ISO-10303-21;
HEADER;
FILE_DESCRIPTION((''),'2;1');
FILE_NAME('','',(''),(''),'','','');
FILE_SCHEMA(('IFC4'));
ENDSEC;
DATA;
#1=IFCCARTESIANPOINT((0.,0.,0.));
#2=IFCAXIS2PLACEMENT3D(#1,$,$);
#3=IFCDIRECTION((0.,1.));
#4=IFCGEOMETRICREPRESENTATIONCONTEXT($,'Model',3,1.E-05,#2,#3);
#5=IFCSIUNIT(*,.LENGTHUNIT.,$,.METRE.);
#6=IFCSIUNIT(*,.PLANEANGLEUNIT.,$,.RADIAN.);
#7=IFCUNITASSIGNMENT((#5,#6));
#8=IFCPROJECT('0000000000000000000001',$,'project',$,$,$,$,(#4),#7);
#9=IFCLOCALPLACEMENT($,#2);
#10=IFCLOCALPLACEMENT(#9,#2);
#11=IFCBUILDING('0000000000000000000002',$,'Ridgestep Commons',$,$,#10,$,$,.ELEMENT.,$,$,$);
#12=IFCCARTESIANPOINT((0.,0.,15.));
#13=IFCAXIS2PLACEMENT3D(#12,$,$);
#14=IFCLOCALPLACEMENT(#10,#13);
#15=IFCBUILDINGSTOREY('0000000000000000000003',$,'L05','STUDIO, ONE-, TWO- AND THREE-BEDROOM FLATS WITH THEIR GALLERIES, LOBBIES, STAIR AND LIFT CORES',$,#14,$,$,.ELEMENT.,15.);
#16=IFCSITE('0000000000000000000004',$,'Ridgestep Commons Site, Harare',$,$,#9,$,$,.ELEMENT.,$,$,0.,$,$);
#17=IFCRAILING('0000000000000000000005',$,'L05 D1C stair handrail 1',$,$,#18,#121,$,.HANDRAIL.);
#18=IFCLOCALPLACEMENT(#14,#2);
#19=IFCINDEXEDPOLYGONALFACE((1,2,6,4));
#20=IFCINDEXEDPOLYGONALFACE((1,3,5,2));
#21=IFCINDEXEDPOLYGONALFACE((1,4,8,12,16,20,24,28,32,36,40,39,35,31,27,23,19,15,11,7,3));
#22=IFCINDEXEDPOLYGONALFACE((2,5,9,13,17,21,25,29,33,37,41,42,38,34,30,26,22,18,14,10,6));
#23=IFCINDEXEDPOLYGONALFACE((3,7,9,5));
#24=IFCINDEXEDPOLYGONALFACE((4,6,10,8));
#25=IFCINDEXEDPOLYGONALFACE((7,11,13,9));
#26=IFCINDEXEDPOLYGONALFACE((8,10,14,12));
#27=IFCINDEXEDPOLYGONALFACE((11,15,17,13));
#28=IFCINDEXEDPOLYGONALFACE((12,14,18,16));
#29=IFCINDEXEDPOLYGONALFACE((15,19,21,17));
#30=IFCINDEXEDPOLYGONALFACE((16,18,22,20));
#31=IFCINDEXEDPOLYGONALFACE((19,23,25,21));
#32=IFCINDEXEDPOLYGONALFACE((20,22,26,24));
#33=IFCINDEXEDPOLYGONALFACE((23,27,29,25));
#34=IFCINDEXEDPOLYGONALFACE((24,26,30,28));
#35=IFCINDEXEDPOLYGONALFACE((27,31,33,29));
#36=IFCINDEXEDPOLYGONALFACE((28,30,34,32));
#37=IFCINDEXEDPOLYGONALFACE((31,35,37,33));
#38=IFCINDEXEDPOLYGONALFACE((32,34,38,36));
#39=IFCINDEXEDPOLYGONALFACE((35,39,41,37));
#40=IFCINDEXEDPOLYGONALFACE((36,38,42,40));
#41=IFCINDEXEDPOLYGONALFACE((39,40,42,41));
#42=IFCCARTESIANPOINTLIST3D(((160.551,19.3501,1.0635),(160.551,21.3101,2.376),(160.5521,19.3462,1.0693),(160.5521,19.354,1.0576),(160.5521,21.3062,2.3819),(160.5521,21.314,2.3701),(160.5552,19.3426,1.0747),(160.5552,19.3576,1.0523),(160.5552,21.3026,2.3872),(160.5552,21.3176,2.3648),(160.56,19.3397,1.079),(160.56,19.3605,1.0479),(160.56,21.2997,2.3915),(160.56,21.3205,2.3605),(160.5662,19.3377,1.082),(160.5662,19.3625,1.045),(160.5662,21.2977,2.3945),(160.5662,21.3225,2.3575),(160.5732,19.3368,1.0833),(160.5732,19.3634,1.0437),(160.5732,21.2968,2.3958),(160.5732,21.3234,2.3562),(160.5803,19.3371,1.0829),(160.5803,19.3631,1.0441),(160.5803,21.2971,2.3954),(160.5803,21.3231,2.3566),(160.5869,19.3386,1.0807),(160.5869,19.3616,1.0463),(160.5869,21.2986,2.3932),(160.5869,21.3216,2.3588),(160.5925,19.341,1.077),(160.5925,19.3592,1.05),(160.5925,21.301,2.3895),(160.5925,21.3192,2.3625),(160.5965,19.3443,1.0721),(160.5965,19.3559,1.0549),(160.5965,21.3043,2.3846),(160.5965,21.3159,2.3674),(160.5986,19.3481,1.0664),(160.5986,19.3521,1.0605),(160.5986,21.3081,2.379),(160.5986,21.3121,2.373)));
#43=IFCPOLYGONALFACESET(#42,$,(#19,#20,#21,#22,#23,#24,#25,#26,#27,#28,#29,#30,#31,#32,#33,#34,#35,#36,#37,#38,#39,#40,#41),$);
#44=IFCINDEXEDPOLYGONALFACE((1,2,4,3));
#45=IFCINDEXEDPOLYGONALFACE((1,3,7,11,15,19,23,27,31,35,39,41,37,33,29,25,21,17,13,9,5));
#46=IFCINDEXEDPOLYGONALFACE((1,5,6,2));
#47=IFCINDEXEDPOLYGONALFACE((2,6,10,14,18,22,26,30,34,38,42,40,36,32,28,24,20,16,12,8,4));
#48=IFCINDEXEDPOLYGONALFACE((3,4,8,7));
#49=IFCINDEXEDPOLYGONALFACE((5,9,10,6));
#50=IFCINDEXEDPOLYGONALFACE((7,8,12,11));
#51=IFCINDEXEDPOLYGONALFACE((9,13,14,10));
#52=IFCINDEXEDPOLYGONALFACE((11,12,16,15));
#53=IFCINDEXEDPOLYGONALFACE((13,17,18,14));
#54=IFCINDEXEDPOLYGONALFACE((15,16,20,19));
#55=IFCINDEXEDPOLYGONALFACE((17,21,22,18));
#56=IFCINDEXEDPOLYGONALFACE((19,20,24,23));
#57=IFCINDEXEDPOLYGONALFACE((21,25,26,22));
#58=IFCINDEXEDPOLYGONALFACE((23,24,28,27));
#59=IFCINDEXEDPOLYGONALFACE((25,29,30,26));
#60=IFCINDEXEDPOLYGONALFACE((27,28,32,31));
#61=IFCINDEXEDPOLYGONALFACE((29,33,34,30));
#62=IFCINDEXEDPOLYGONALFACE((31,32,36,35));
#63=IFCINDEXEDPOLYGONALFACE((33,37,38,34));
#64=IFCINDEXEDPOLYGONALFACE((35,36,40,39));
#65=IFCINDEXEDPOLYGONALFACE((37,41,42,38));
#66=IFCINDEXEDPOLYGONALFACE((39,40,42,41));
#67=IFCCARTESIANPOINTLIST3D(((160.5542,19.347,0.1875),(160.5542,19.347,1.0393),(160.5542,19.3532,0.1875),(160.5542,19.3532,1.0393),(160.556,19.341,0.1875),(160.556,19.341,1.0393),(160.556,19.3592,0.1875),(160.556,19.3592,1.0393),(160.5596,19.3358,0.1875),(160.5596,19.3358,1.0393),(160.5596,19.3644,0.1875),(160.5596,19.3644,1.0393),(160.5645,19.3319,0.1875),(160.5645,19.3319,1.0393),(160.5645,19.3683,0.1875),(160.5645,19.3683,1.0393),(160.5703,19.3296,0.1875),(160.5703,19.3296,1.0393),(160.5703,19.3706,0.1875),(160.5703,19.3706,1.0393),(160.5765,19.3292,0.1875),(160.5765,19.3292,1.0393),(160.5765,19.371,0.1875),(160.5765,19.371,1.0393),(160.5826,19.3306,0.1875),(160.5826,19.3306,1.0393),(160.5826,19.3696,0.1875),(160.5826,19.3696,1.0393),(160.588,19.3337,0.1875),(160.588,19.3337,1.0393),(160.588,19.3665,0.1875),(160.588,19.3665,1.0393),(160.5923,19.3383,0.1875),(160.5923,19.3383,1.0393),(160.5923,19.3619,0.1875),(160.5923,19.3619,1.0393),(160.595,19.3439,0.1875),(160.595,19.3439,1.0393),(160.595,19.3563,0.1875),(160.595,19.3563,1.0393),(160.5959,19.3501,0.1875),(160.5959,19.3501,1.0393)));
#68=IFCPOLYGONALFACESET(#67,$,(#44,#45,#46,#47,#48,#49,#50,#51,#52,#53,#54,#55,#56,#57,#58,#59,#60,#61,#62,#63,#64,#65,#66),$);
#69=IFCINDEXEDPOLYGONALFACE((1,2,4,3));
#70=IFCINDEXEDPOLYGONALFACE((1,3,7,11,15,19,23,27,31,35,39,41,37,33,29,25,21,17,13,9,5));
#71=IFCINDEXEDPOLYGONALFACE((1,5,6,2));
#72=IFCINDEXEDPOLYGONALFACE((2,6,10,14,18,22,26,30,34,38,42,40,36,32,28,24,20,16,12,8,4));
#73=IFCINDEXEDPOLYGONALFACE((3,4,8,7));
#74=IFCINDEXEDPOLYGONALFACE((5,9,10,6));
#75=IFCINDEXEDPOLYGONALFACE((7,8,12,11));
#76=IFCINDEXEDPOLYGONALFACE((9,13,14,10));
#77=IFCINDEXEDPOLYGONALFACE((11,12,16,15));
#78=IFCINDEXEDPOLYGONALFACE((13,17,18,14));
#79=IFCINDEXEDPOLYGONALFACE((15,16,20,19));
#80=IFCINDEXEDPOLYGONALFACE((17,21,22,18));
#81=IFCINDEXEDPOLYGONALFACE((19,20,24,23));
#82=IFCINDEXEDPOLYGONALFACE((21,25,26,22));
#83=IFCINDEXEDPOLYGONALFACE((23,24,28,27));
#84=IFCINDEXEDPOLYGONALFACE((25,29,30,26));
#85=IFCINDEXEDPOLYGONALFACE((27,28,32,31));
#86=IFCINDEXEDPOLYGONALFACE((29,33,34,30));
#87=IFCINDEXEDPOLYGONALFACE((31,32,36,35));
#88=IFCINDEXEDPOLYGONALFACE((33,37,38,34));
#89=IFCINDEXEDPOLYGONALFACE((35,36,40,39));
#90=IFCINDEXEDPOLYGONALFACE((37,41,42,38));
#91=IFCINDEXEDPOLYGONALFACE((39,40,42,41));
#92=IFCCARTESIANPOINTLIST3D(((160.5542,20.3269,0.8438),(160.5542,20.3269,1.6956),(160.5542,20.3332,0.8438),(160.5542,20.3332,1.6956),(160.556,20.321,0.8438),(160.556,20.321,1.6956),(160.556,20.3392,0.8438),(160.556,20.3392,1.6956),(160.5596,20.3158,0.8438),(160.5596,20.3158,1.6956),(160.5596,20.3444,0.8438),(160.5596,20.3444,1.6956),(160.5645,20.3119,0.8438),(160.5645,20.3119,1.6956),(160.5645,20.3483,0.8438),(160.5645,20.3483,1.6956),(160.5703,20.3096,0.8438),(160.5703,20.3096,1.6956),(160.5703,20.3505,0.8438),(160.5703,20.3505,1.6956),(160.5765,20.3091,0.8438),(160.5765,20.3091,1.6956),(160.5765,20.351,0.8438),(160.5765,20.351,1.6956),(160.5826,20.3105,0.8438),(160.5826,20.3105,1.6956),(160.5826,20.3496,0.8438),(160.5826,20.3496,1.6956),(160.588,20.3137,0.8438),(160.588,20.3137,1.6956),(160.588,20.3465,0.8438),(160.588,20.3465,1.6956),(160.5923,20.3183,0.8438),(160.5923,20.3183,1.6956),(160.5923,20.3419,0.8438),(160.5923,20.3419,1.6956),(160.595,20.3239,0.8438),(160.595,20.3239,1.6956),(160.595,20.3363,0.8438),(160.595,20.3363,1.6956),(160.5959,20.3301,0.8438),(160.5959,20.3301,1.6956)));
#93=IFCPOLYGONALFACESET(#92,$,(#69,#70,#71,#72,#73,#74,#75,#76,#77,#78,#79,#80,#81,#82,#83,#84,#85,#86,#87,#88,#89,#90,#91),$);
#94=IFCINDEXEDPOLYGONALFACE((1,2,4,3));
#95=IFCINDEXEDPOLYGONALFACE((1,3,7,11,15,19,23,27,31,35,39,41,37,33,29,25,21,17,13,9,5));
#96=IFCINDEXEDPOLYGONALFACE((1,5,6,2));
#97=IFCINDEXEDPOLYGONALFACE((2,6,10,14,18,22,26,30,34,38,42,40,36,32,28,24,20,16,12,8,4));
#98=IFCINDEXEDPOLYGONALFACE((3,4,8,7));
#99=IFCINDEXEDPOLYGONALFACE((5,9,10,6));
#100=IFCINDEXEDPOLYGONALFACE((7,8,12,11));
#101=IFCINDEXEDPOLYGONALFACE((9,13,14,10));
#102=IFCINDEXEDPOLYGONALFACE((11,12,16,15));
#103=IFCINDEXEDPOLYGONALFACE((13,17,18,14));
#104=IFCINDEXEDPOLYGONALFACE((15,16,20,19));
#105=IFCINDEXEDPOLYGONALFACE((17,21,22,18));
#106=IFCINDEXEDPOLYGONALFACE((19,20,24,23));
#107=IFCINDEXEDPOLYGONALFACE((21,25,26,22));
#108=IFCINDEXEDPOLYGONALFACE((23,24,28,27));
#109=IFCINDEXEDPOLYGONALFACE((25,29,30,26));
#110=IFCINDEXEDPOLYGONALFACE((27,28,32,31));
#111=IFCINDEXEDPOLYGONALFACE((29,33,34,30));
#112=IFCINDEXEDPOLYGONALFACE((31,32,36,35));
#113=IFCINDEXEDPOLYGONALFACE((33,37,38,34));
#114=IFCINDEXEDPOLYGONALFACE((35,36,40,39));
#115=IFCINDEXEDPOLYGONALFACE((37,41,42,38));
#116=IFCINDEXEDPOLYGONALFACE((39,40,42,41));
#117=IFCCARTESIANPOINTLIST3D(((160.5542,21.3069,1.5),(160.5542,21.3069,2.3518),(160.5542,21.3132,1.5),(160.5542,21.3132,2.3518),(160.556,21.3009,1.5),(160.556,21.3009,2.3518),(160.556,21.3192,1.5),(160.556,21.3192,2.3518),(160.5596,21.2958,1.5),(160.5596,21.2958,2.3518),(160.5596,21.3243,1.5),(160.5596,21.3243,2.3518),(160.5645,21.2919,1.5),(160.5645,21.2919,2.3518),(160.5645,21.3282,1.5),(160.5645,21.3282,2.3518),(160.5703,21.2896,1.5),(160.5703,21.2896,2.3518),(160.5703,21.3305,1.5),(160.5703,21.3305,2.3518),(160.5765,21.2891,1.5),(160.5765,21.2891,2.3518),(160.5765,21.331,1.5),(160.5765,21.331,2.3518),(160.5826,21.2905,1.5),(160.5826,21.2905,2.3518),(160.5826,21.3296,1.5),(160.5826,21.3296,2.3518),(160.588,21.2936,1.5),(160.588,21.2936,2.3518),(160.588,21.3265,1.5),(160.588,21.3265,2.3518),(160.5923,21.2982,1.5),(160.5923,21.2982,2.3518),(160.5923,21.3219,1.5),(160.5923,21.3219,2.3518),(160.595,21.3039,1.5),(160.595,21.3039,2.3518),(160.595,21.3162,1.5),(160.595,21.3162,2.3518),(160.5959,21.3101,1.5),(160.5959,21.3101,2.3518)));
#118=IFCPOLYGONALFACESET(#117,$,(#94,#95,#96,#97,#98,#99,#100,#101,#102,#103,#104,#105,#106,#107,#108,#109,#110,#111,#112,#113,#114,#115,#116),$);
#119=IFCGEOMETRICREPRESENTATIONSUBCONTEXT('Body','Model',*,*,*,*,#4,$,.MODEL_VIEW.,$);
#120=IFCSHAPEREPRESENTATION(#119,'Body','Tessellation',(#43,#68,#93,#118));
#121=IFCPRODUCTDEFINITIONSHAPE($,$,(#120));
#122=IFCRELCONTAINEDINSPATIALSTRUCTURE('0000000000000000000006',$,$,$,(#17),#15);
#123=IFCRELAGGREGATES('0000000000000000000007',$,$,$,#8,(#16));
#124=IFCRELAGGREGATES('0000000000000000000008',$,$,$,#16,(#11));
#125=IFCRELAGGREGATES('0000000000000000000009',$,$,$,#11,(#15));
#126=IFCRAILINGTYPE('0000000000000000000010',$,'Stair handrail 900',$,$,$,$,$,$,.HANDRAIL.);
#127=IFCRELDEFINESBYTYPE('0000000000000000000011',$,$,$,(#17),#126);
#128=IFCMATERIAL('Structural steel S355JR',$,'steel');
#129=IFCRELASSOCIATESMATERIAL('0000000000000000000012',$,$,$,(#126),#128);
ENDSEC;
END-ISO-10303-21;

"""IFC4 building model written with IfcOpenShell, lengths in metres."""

from ifc_helpers import new_model, si_unit, direction, frame, origin, origin_2d, place, context, subcontext, project, spatial, circle, extrude, material, type_object, element, save


model = new_model("IFC4")

# Units and contexts
model_context = context("Model", 3, precision=1e-05, world=origin(), true_north=direction((0.0, 1.0)))
body_context = subcontext(model_context, "Body", "Model", "MODEL_VIEW")
ifc_project = project(units=[si_unit("LENGTHUNIT", "METRE"), si_unit("PLANEANGLEUNIT", "RADIAN")], contexts=[model_context])

# Site, building, storey
site_placement = place(None, origin())
site = spatial("IfcSite", under=ifc_project, at=site_placement, Name="Ridgestep Commons Site, Harare", CompositionType="ELEMENT", RefElevation=0.0)
building_placement = place(site_placement, origin())
building = spatial("IfcBuilding", under=site, at=building_placement, Name="Ridgestep Commons", CompositionType="ELEMENT")
storey_placement = place(building_placement, frame((0.0, 0.0, 15.0)))
storey = spatial("IfcBuildingStorey", under=building, at=storey_placement, Name="L05", Description="STUDIO, ONE-, TWO- AND THREE-BEDROOM FLATS WITH THEIR GALLERIES, LOBBIES, STAIR AND LIFT CORES", CompositionType="ELEMENT", Elevation=15.0)

# Railing
ifc_material_1 = material(Name="Structural steel S355JR", Category="steel")
railing_type_1 = type_object("IfcRailingType", Name="Stair handrail 900", PredefinedType="HANDRAIL", material=ifc_material_1)
railing_1_placement = place(storey_placement, frame((160.575, 19.3501, 0.1875)))
element("IfcRailing", 1, at=railing_1_placement, inside=storey, type_object=railing_type_1, Name="L05 D1C stair handrail 1", PredefinedType="HANDRAIL", context=body_context, shape_type="SweptSolid", body=[
    extrude(circle(Radius=0.0239, at=origin_2d()), frame((0.0, 0.0, 0.876), z_axis=(0.0, 0.830902, 0.556419), x_axis=(-1.0, 0.0, 0.0)), (0.0, 0.0, 1.0), 2.3589),
    extrude(circle(Radius=0.021, at=origin_2d()), origin(), (0.0, 0.0, 1.0), 0.8518),
    extrude(circle(Radius=0.021, at=origin_2d()), frame((0.0, 0.98, 0.6562)), (0.0, 0.0, 1.0), 0.8518),
    extrude(circle(Radius=0.021, at=origin_2d()), frame((0.0, 1.96, 1.3125)), (0.0, 0.0, 1.0), 0.8518),
])

save(model, "model.ifc")
